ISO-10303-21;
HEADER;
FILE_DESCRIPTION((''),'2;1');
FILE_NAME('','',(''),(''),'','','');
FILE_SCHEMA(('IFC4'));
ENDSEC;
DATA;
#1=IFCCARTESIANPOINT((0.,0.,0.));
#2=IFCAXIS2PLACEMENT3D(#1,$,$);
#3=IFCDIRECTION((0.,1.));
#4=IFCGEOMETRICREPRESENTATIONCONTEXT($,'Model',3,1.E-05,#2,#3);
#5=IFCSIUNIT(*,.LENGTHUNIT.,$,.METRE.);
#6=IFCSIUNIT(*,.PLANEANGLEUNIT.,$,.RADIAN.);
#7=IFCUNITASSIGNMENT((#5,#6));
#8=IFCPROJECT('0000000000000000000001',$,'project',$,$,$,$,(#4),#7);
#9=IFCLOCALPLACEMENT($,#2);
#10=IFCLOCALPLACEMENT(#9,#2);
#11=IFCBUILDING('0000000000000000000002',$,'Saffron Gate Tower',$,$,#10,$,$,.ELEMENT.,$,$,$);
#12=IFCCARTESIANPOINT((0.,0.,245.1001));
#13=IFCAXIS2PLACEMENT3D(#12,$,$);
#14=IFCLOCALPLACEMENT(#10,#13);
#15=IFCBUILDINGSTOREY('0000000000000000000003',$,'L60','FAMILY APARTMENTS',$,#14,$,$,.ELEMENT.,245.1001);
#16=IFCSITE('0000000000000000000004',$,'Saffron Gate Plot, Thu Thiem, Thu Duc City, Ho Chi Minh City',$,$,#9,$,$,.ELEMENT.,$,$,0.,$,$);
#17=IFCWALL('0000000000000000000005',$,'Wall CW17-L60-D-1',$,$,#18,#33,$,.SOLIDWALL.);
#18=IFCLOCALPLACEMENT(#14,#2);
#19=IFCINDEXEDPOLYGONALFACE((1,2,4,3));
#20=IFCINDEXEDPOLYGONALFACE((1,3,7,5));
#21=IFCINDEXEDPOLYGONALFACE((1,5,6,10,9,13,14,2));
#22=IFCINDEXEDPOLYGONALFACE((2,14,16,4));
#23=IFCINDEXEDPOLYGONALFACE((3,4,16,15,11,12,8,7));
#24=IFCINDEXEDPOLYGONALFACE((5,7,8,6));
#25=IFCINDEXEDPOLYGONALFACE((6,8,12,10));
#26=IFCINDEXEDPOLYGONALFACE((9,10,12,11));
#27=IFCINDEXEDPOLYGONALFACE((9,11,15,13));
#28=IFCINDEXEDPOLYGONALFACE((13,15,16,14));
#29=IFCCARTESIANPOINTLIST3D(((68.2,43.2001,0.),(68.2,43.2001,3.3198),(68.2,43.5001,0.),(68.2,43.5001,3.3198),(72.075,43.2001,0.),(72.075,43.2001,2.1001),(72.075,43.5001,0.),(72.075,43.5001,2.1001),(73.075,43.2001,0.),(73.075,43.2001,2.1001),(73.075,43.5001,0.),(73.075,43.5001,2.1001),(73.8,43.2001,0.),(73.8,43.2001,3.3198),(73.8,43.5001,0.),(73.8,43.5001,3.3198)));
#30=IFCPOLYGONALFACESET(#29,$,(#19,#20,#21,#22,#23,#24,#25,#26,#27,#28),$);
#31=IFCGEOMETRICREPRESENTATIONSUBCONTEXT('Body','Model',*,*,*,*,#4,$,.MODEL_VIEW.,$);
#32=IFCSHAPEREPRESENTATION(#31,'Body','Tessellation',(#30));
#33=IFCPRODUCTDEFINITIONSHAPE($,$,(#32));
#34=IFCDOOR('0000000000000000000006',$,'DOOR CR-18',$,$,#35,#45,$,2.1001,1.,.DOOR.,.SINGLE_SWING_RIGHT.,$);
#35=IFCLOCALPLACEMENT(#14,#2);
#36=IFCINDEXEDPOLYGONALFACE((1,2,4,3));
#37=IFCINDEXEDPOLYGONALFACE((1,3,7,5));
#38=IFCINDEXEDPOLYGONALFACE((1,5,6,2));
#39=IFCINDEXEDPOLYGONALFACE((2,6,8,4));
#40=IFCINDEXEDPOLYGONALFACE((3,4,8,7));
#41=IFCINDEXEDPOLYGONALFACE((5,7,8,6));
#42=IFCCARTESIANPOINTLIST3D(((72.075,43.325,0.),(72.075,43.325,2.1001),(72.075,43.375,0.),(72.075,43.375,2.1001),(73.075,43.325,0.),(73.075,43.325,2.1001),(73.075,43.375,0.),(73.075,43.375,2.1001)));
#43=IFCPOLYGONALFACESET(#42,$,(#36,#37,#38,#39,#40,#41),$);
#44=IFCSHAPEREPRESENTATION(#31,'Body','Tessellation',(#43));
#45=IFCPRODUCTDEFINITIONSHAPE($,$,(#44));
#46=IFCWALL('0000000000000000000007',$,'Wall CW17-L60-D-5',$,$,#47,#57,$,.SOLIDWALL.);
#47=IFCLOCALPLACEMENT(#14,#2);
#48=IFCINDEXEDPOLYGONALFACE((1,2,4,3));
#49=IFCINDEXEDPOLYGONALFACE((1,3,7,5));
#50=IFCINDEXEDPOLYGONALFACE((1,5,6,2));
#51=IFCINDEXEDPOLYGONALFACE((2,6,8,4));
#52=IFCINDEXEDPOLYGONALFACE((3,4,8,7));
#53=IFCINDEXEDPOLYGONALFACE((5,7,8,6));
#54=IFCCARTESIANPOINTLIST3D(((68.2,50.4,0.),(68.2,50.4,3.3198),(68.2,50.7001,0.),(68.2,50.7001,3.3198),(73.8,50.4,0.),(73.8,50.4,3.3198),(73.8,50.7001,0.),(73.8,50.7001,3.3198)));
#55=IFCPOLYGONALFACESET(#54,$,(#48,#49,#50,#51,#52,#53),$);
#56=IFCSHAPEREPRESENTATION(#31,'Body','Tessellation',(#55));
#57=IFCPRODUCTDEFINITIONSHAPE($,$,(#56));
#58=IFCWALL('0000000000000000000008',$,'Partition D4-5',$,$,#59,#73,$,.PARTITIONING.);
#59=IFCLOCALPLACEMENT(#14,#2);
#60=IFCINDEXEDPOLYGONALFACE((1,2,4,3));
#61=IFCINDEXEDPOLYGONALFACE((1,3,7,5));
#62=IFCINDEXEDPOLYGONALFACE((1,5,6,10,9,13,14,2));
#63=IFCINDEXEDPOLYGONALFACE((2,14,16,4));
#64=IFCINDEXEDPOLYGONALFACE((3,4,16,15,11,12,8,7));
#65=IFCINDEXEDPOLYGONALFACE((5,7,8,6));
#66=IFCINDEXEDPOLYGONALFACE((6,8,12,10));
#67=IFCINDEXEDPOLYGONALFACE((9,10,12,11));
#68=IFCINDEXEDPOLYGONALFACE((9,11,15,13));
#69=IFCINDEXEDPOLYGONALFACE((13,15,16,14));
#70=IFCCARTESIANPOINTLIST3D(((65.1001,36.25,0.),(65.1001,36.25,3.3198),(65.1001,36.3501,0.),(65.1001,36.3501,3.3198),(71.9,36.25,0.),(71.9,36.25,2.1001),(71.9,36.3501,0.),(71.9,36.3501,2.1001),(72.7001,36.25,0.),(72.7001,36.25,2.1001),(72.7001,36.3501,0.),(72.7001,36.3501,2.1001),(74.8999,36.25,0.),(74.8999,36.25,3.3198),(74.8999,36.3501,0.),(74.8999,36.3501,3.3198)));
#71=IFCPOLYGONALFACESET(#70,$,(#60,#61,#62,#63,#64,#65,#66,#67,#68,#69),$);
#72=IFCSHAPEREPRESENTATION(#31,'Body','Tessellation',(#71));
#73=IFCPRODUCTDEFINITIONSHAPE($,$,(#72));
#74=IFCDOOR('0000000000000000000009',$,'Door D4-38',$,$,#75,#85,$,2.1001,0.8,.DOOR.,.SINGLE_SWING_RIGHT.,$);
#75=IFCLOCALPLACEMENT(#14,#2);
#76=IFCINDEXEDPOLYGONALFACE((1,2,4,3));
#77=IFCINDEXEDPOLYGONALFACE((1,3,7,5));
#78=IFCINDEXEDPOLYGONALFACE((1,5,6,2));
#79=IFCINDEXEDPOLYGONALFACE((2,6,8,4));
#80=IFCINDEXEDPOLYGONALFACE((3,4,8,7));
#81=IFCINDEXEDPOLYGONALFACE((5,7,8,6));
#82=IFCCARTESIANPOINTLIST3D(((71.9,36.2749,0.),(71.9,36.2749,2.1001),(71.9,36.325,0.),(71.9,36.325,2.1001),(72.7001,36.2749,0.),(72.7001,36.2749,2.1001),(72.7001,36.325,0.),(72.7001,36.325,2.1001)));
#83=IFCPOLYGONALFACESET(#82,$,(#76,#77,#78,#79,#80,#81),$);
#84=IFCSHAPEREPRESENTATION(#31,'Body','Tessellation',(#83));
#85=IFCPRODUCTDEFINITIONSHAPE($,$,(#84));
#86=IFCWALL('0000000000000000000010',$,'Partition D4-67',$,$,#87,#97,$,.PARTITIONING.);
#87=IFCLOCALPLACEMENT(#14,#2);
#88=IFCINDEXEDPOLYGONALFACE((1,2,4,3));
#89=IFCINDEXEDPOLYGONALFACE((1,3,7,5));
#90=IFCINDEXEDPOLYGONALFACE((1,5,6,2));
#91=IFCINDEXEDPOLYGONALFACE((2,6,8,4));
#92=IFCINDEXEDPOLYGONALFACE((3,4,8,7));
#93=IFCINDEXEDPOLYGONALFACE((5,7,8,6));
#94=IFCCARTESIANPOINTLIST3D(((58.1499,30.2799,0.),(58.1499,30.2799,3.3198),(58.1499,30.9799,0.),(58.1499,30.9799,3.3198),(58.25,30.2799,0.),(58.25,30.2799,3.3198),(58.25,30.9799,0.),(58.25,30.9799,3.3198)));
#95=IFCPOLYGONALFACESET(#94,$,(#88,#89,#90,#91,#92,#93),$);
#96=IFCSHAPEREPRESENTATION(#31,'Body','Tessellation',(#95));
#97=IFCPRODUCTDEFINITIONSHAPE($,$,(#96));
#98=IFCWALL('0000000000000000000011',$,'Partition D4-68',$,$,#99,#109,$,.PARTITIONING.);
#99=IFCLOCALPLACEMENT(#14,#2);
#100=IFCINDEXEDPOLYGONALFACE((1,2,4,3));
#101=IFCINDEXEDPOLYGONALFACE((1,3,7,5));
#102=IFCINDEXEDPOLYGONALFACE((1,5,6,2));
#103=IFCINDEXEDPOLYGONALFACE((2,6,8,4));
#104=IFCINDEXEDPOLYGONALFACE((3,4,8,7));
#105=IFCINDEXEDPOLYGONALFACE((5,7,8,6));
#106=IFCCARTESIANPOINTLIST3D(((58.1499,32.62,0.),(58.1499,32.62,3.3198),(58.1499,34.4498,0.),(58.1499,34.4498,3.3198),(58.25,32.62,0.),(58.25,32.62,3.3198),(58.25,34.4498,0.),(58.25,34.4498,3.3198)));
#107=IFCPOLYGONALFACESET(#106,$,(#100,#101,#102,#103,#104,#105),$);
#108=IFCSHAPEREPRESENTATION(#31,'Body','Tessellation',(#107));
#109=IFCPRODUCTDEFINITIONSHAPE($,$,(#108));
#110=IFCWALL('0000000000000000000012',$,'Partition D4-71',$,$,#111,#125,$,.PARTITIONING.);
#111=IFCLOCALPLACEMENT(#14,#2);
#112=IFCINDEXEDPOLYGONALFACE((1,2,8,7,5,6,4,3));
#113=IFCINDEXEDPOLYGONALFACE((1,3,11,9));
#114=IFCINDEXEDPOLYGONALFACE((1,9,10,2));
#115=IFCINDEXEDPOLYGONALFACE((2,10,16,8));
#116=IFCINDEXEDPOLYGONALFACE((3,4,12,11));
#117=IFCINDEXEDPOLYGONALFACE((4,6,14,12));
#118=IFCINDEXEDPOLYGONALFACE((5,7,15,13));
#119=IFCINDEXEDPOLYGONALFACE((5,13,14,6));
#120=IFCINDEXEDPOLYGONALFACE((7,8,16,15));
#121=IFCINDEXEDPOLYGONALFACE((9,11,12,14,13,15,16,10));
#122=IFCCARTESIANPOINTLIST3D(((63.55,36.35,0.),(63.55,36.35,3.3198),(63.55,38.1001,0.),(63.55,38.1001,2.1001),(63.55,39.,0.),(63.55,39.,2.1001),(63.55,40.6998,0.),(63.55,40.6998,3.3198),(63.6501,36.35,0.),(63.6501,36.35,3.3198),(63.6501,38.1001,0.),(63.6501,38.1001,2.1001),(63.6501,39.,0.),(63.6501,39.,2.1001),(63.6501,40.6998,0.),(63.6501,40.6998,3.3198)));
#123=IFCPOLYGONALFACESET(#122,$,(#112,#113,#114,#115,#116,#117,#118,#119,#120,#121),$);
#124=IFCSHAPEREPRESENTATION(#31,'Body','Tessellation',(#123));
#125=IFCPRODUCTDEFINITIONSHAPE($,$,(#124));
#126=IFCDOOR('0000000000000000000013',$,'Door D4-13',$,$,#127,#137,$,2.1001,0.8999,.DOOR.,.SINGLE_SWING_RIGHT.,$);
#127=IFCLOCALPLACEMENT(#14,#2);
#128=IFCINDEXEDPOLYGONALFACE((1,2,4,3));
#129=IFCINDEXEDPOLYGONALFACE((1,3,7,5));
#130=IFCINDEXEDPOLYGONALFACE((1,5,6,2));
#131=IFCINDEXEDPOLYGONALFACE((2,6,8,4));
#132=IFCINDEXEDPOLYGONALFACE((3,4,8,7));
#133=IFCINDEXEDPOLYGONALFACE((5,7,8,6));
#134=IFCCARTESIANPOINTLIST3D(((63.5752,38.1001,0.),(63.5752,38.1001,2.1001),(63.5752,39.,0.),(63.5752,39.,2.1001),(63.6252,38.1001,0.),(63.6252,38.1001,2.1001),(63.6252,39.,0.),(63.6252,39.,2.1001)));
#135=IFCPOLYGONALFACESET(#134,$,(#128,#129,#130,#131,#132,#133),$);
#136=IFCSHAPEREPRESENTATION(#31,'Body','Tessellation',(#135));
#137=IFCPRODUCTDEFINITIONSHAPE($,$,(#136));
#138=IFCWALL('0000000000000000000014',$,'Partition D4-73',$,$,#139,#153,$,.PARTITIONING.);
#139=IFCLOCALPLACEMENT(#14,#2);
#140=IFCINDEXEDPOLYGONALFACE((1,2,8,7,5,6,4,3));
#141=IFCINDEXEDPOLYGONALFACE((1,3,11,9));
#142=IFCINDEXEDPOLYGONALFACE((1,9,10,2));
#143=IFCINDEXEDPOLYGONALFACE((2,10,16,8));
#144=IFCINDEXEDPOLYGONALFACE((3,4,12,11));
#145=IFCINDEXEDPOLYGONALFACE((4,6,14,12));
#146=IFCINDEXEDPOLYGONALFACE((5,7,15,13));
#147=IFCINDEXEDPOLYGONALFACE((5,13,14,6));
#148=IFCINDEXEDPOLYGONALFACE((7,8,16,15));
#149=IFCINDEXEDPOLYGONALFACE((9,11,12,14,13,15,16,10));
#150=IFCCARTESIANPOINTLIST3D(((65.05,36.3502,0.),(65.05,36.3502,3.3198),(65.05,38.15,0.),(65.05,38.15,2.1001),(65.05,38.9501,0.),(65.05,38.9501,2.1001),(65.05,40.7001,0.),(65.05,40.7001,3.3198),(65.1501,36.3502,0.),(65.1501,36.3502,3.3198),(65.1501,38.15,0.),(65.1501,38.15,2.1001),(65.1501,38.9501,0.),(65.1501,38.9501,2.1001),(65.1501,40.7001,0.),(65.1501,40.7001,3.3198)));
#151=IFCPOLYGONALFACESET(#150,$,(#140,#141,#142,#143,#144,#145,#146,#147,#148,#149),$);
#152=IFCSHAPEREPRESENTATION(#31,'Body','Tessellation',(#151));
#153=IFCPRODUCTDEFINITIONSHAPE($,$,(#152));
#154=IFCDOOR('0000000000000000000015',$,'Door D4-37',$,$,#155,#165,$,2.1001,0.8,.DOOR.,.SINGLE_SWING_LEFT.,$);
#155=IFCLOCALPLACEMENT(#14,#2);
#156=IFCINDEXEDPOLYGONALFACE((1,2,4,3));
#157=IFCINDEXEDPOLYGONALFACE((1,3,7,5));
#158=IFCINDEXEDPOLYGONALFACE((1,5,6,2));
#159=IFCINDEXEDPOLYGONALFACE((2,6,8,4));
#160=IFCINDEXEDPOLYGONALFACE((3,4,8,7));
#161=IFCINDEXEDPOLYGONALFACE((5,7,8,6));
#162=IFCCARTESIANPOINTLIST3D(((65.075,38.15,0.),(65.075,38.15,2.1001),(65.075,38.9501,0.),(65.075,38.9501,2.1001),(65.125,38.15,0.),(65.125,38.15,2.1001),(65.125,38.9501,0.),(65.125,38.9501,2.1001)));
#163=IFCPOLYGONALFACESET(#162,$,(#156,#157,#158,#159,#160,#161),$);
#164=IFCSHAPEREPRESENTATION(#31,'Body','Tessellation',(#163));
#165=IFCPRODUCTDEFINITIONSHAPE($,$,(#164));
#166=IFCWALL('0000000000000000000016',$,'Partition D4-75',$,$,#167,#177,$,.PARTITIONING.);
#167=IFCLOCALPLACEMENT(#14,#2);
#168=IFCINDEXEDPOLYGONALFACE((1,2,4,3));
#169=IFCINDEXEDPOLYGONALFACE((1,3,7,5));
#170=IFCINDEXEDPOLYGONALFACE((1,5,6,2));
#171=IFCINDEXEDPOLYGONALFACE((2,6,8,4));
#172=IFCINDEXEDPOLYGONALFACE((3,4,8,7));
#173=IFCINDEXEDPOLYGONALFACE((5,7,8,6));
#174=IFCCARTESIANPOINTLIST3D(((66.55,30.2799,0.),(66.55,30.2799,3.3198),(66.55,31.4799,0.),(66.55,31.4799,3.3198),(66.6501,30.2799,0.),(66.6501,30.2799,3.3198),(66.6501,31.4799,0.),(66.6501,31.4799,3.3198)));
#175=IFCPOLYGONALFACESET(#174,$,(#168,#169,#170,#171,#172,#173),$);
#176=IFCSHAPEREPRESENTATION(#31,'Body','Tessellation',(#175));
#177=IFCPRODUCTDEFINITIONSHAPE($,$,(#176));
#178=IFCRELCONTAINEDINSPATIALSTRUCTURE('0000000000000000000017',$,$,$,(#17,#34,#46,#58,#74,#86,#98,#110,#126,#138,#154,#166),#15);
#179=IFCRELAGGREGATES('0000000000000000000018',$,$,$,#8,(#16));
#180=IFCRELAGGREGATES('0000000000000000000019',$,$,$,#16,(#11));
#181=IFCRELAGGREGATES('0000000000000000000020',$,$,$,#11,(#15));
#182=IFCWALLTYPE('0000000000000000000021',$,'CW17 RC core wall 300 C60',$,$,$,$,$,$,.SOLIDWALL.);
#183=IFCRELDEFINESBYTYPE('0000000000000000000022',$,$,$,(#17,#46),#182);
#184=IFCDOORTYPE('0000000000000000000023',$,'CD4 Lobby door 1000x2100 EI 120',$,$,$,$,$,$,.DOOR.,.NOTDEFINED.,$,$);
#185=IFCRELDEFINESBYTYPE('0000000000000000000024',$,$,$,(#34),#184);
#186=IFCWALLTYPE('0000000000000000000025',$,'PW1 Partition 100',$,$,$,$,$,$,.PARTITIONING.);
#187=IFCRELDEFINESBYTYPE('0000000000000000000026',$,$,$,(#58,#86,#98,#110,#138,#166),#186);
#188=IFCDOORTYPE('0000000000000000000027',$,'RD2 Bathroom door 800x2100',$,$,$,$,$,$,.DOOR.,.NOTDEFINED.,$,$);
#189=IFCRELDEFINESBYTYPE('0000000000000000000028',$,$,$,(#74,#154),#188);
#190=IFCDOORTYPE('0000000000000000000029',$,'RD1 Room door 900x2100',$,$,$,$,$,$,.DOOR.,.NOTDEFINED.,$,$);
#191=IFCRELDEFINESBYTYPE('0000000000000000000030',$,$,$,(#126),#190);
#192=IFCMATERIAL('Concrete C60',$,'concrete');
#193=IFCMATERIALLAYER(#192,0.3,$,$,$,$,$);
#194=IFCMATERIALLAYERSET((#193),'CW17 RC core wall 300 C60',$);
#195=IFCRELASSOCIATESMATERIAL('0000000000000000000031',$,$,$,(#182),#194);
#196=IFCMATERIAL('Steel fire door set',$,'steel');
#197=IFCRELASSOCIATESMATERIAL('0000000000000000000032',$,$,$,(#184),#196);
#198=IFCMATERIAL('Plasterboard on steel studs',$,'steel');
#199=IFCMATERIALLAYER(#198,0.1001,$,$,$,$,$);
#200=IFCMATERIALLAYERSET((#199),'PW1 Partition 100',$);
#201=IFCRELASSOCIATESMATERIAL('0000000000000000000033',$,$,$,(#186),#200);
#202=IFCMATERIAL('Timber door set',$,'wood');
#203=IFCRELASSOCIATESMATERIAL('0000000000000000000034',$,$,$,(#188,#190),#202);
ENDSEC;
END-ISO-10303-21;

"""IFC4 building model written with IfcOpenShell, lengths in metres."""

from ifc_helpers import new_model, si_unit, direction, frame, frame_2d, origin, place, context, subcontext, project, spatial, rectangle, extrude, material, layer, layer_set, type_object, element, fill, save


model = new_model("IFC4")

# Units and contexts
model_context = context("Model", 3, precision=1e-05, world=origin(), true_north=direction((0.0, 1.0)))
body_context = subcontext(model_context, "Body", "Model", "MODEL_VIEW")
ifc_project = project(units=[si_unit("LENGTHUNIT", "METRE"), si_unit("PLANEANGLEUNIT", "RADIAN")], contexts=[model_context])

# Site, building, storey
site_placement = place(None, origin())
site = spatial("IfcSite", under=ifc_project, at=site_placement, Name="Saffron Gate Plot, Thu Thiem, Thu Duc City, Ho Chi Minh City", CompositionType="ELEMENT", RefElevation=0.0)
building_placement = place(site_placement, origin())
building = spatial("IfcBuilding", under=site, at=building_placement, Name="Saffron Gate Tower", CompositionType="ELEMENT")
storey_placement = place(building_placement, frame((0.0, 0.0, 245.1001)))
storey = spatial("IfcBuildingStorey", under=building, at=storey_placement, Name="L60", Description="FAMILY APARTMENTS", CompositionType="ELEMENT", Elevation=245.1001)

# Shared definitions
ifc_material_1 = material(Name="Concrete C60", Category="concrete")

# Wall, opening, door
ifc_layer_1 = layer(ifc_material_1, 0.3)
ifc_layer_set_1 = layer_set([ifc_layer_1], Name="CW17 RC core wall 300 C60")
wall_type_1 = type_object("IfcWallType", Name="CW17 RC core wall 300 C60", PredefinedType="SOLIDWALL", material=ifc_layer_set_1)
wall_1_placement = place(storey_placement, frame((68.2, 43.3501, 0.0), z_axis=(0.0, 0.0, 1.0), x_axis=(1.0, 0.0, 0.0)))
wall_1 = element("IfcWall", 1, at=wall_1_placement, inside=storey, type_object=wall_type_1, Name="Wall CW17-L60-D-1", PredefinedType="SOLIDWALL", context=body_context, shape_type="SweptSolid", body=[
    extrude(rectangle(XDim=5.6001, YDim=0.3, at=frame_2d((2.8, 0.0))), origin(), (0.0, 0.0, 1.0), 3.3198),
])
opening_1_placement = place(wall_1_placement, frame((3.875, 0.0, 0.0)))
opening_1 = element("IfcOpeningElement", 2, at=opening_1_placement, cuts=wall_1, PredefinedType="OPENING", context=body_context, shape_type="SweptSolid", body=[
    extrude(rectangle(XDim=1.0, YDim=2.1001, at=frame_2d((0.5, 1.05))), frame((0.0, 0.1602, 0.0), z_axis=(0.0, -1.0, 0.0), x_axis=(1.0, 0.0, 0.0)), (0.0, 0.0, 1.0), 0.3201),
])
ifc_material_2 = material(Name="Steel fire door set", Category="steel")
door_type_1 = type_object("IfcDoorType", Name="CD4 Lobby door 1000x2100 EI 120", OperationType="NOTDEFINED", PredefinedType="DOOR", material=ifc_material_2)
door_1_placement = place(opening_1_placement, origin())
door_1 = element("IfcDoor", 3, at=door_1_placement, inside=storey, type_object=door_type_1, Name="DOOR CR-18", OperationType="SINGLE_SWING_RIGHT", OverallHeight=2.1001, OverallWidth=1.0, PredefinedType="DOOR", context=body_context, shape_type="SweptSolid", body=[
    extrude(rectangle(XDim=1.0, YDim=2.1001, at=frame_2d((0.5, 1.05))), frame((0.0, 0.0249, 0.0), z_axis=(0.0, -1.0, 0.0), x_axis=(1.0, 0.0, 0.0)), (0.0, 0.0, 1.0), 0.05),
])
fill(opening_1, door_1)

# Wall
wall_2_placement = place(storey_placement, frame((68.2, 50.55, 0.0), z_axis=(0.0, 0.0, 1.0), x_axis=(1.0, 0.0, 0.0)))
element("IfcWall", 4, at=wall_2_placement, inside=storey, type_object=wall_type_1, Name="Wall CW17-L60-D-5", PredefinedType="SOLIDWALL", context=body_context, shape_type="SweptSolid", body=[
    extrude(rectangle(XDim=5.6001, YDim=0.3, at=frame_2d((2.8, 0.0))), origin(), (0.0, 0.0, 1.0), 3.3198),
])

# Wall, opening, door
ifc_material_3 = material(Name="Plasterboard on steel studs", Category="steel")
ifc_layer_2 = layer(ifc_material_3, 0.1001)
ifc_layer_set_2 = layer_set([ifc_layer_2], Name="PW1 Partition 100")
wall_type_2 = type_object("IfcWallType", Name="PW1 Partition 100", PredefinedType="PARTITIONING", material=ifc_layer_set_2)
wall_3_placement = place(storey_placement, frame((65.1001, 36.3, 0.0), z_axis=(0.0, 0.0, 1.0), x_axis=(1.0, 0.0, 0.0)))
wall_3 = element("IfcWall", 5, at=wall_3_placement, inside=storey, type_object=wall_type_2, Name="Partition D4-5", PredefinedType="PARTITIONING", context=body_context, shape_type="SweptSolid", body=[
    extrude(rectangle(XDim=9.7998, YDim=0.1001, at=frame_2d((4.8999, 0.0))), origin(), (0.0, 0.0, 1.0), 3.3198),
])
opening_2_placement = place(wall_3_placement, frame((6.8, 0.0, 0.0)))
opening_2 = element("IfcOpeningElement", 6, at=opening_2_placement, cuts=wall_3, PredefinedType="OPENING", context=body_context, shape_type="SweptSolid", body=[
    extrude(rectangle(XDim=0.8, YDim=2.1001, at=frame_2d((0.3999, 1.05))), frame((0.0, 0.0601, 0.0), z_axis=(0.0, -1.0, 0.0), x_axis=(1.0, 0.0, 0.0)), (0.0, 0.0, 1.0), 0.1201),
])
ifc_material_4 = material(Name="Timber door set", Category="wood")
door_type_2 = type_object("IfcDoorType", Name="RD2 Bathroom door 800x2100", OperationType="NOTDEFINED", PredefinedType="DOOR", material=ifc_material_4)
door_2_placement = place(opening_2_placement, origin())
door_2 = element("IfcDoor", 7, at=door_2_placement, inside=storey, type_object=door_type_2, Name="Door D4-38", OperationType="SINGLE_SWING_RIGHT", OverallHeight=2.1001, OverallWidth=0.8, PredefinedType="DOOR", context=body_context, shape_type="SweptSolid", body=[
    extrude(rectangle(XDim=0.8, YDim=2.1001, at=frame_2d((0.3999, 1.05))), frame((0.0, 0.0249, 0.0), z_axis=(0.0, -1.0, 0.0), x_axis=(1.0, 0.0, 0.0)), (0.0, 0.0, 1.0), 0.05),
])
fill(opening_2, door_2)

# Walls
wall_4_placement = place(storey_placement, frame((58.2, 30.98, 0.0), z_axis=(0.0, 0.0, 1.0), x_axis=(0.0, -1.0, 0.0)))
element("IfcWall", 8, at=wall_4_placement, inside=storey, type_object=wall_type_2, Name="Partition D4-67", PredefinedType="PARTITIONING", context=body_context, shape_type="SweptSolid", body=[
    extrude(rectangle(XDim=0.7, YDim=0.1001, at=frame_2d((0.3501, 0.0))), origin(), (0.0, 0.0, 1.0), 3.3198),
])
wall_5_placement = place(storey_placement, frame((58.2, 34.45, 0.0), z_axis=(0.0, 0.0, 1.0), x_axis=(0.0, -1.0, 0.0)))
element("IfcWall", 9, at=wall_5_placement, inside=storey, type_object=wall_type_2, Name="Partition D4-68", PredefinedType="PARTITIONING", context=body_context, shape_type="SweptSolid", body=[
    extrude(rectangle(XDim=1.8298, YDim=0.1001, at=frame_2d((0.915, 0.0))), origin(), (0.0, 0.0, 1.0), 3.3198),
])

# Walls, openings, doors
wall_6_placement = place(storey_placement, frame((63.6001, 36.3501, 0.0), z_axis=(0.0, 0.0, 1.0), x_axis=(0.0, 1.0, 0.0)))
wall_6 = element("IfcWall", 10, at=wall_6_placement, inside=storey, type_object=wall_type_2, Name="Partition D4-71", PredefinedType="PARTITIONING", context=body_context, shape_type="SweptSolid", body=[
    extrude(rectangle(XDim=4.3499, YDim=0.1001, at=frame_2d((2.1748, 0.0))), origin(), (0.0, 0.0, 1.0), 3.3198),
])
opening_3_placement = place(wall_6_placement, frame((1.75, 0.0, 0.0)))
opening_3 = element("IfcOpeningElement", 11, at=opening_3_placement, cuts=wall_6, PredefinedType="OPENING", context=body_context, shape_type="SweptSolid", body=[
    extrude(rectangle(XDim=0.8999, YDim=2.1001, at=frame_2d((0.45, 1.05))), frame((0.0, 0.0601, 0.0), z_axis=(0.0, -1.0, 0.0), x_axis=(1.0, 0.0, 0.0)), (0.0, 0.0, 1.0), 0.1201),
])
door_type_3 = type_object("IfcDoorType", Name="RD1 Room door 900x2100", OperationType="NOTDEFINED", PredefinedType="DOOR", material=ifc_material_4)
door_3_placement = place(opening_3_placement, origin())
door_3 = element("IfcDoor", 12, at=door_3_placement, inside=storey, type_object=door_type_3, Name="Door D4-13", OperationType="SINGLE_SWING_RIGHT", OverallHeight=2.1001, OverallWidth=0.8999, PredefinedType="DOOR", context=body_context, shape_type="SweptSolid", body=[
    extrude(rectangle(XDim=0.8999, YDim=2.1001, at=frame_2d((0.45, 1.05))), frame((0.0, 0.0249, 0.0), z_axis=(0.0, -1.0, 0.0), x_axis=(1.0, 0.0, 0.0)), (0.0, 0.0, 1.0), 0.05),
])
fill(opening_3, door_3)
wall_7_placement = place(storey_placement, frame((65.1001, 40.7, 0.0), z_axis=(0.0, 0.0, 1.0), x_axis=(0.0, -1.0, 0.0)))
wall_7 = element("IfcWall", 13, at=wall_7_placement, inside=storey, type_object=wall_type_2, Name="Partition D4-73", PredefinedType="PARTITIONING", context=body_context, shape_type="SweptSolid", body=[
    extrude(rectangle(XDim=4.3499, YDim=0.1001, at=frame_2d((2.1748, 0.0))), origin(), (0.0, 0.0, 1.0), 3.3198),
])
opening_4_placement = place(wall_7_placement, frame((1.75, 0.0, 0.0)))
opening_4 = element("IfcOpeningElement", 14, at=opening_4_placement, cuts=wall_7, PredefinedType="OPENING", context=body_context, shape_type="SweptSolid", body=[
    extrude(rectangle(XDim=0.8, YDim=2.1001, at=frame_2d((0.3999, 1.05))), frame((0.0, 0.0601, 0.0), z_axis=(0.0, -1.0, 0.0), x_axis=(1.0, 0.0, 0.0)), (0.0, 0.0, 1.0), 0.1201),
])
door_4_placement = place(opening_4_placement, origin())
door_4 = element("IfcDoor", 15, at=door_4_placement, inside=storey, type_object=door_type_2, Name="Door D4-37", OperationType="SINGLE_SWING_LEFT", OverallHeight=2.1001, OverallWidth=0.8, PredefinedType="DOOR", context=body_context, shape_type="SweptSolid", body=[
    extrude(rectangle(XDim=0.8, YDim=2.1001, at=frame_2d((0.3999, 1.05))), frame((0.0, 0.0249, 0.0), z_axis=(0.0, -1.0, 0.0), x_axis=(1.0, 0.0, 0.0)), (0.0, 0.0, 1.0), 0.05),
])
fill(opening_4, door_4)

# Wall
wall_8_placement = place(storey_placement, frame((66.6001, 31.48, 0.0), z_axis=(0.0, 0.0, 1.0), x_axis=(0.0, -1.0, 0.0)))
element("IfcWall", 16, at=wall_8_placement, inside=storey, type_object=wall_type_2, Name="Partition D4-75", PredefinedType="PARTITIONING", context=body_context, shape_type="SweptSolid", body=[
    extrude(rectangle(XDim=1.2, YDim=0.1001, at=frame_2d((0.6001, 0.0))), origin(), (0.0, 0.0, 1.0), 3.3198),
])

save(model, "model.ifc")
